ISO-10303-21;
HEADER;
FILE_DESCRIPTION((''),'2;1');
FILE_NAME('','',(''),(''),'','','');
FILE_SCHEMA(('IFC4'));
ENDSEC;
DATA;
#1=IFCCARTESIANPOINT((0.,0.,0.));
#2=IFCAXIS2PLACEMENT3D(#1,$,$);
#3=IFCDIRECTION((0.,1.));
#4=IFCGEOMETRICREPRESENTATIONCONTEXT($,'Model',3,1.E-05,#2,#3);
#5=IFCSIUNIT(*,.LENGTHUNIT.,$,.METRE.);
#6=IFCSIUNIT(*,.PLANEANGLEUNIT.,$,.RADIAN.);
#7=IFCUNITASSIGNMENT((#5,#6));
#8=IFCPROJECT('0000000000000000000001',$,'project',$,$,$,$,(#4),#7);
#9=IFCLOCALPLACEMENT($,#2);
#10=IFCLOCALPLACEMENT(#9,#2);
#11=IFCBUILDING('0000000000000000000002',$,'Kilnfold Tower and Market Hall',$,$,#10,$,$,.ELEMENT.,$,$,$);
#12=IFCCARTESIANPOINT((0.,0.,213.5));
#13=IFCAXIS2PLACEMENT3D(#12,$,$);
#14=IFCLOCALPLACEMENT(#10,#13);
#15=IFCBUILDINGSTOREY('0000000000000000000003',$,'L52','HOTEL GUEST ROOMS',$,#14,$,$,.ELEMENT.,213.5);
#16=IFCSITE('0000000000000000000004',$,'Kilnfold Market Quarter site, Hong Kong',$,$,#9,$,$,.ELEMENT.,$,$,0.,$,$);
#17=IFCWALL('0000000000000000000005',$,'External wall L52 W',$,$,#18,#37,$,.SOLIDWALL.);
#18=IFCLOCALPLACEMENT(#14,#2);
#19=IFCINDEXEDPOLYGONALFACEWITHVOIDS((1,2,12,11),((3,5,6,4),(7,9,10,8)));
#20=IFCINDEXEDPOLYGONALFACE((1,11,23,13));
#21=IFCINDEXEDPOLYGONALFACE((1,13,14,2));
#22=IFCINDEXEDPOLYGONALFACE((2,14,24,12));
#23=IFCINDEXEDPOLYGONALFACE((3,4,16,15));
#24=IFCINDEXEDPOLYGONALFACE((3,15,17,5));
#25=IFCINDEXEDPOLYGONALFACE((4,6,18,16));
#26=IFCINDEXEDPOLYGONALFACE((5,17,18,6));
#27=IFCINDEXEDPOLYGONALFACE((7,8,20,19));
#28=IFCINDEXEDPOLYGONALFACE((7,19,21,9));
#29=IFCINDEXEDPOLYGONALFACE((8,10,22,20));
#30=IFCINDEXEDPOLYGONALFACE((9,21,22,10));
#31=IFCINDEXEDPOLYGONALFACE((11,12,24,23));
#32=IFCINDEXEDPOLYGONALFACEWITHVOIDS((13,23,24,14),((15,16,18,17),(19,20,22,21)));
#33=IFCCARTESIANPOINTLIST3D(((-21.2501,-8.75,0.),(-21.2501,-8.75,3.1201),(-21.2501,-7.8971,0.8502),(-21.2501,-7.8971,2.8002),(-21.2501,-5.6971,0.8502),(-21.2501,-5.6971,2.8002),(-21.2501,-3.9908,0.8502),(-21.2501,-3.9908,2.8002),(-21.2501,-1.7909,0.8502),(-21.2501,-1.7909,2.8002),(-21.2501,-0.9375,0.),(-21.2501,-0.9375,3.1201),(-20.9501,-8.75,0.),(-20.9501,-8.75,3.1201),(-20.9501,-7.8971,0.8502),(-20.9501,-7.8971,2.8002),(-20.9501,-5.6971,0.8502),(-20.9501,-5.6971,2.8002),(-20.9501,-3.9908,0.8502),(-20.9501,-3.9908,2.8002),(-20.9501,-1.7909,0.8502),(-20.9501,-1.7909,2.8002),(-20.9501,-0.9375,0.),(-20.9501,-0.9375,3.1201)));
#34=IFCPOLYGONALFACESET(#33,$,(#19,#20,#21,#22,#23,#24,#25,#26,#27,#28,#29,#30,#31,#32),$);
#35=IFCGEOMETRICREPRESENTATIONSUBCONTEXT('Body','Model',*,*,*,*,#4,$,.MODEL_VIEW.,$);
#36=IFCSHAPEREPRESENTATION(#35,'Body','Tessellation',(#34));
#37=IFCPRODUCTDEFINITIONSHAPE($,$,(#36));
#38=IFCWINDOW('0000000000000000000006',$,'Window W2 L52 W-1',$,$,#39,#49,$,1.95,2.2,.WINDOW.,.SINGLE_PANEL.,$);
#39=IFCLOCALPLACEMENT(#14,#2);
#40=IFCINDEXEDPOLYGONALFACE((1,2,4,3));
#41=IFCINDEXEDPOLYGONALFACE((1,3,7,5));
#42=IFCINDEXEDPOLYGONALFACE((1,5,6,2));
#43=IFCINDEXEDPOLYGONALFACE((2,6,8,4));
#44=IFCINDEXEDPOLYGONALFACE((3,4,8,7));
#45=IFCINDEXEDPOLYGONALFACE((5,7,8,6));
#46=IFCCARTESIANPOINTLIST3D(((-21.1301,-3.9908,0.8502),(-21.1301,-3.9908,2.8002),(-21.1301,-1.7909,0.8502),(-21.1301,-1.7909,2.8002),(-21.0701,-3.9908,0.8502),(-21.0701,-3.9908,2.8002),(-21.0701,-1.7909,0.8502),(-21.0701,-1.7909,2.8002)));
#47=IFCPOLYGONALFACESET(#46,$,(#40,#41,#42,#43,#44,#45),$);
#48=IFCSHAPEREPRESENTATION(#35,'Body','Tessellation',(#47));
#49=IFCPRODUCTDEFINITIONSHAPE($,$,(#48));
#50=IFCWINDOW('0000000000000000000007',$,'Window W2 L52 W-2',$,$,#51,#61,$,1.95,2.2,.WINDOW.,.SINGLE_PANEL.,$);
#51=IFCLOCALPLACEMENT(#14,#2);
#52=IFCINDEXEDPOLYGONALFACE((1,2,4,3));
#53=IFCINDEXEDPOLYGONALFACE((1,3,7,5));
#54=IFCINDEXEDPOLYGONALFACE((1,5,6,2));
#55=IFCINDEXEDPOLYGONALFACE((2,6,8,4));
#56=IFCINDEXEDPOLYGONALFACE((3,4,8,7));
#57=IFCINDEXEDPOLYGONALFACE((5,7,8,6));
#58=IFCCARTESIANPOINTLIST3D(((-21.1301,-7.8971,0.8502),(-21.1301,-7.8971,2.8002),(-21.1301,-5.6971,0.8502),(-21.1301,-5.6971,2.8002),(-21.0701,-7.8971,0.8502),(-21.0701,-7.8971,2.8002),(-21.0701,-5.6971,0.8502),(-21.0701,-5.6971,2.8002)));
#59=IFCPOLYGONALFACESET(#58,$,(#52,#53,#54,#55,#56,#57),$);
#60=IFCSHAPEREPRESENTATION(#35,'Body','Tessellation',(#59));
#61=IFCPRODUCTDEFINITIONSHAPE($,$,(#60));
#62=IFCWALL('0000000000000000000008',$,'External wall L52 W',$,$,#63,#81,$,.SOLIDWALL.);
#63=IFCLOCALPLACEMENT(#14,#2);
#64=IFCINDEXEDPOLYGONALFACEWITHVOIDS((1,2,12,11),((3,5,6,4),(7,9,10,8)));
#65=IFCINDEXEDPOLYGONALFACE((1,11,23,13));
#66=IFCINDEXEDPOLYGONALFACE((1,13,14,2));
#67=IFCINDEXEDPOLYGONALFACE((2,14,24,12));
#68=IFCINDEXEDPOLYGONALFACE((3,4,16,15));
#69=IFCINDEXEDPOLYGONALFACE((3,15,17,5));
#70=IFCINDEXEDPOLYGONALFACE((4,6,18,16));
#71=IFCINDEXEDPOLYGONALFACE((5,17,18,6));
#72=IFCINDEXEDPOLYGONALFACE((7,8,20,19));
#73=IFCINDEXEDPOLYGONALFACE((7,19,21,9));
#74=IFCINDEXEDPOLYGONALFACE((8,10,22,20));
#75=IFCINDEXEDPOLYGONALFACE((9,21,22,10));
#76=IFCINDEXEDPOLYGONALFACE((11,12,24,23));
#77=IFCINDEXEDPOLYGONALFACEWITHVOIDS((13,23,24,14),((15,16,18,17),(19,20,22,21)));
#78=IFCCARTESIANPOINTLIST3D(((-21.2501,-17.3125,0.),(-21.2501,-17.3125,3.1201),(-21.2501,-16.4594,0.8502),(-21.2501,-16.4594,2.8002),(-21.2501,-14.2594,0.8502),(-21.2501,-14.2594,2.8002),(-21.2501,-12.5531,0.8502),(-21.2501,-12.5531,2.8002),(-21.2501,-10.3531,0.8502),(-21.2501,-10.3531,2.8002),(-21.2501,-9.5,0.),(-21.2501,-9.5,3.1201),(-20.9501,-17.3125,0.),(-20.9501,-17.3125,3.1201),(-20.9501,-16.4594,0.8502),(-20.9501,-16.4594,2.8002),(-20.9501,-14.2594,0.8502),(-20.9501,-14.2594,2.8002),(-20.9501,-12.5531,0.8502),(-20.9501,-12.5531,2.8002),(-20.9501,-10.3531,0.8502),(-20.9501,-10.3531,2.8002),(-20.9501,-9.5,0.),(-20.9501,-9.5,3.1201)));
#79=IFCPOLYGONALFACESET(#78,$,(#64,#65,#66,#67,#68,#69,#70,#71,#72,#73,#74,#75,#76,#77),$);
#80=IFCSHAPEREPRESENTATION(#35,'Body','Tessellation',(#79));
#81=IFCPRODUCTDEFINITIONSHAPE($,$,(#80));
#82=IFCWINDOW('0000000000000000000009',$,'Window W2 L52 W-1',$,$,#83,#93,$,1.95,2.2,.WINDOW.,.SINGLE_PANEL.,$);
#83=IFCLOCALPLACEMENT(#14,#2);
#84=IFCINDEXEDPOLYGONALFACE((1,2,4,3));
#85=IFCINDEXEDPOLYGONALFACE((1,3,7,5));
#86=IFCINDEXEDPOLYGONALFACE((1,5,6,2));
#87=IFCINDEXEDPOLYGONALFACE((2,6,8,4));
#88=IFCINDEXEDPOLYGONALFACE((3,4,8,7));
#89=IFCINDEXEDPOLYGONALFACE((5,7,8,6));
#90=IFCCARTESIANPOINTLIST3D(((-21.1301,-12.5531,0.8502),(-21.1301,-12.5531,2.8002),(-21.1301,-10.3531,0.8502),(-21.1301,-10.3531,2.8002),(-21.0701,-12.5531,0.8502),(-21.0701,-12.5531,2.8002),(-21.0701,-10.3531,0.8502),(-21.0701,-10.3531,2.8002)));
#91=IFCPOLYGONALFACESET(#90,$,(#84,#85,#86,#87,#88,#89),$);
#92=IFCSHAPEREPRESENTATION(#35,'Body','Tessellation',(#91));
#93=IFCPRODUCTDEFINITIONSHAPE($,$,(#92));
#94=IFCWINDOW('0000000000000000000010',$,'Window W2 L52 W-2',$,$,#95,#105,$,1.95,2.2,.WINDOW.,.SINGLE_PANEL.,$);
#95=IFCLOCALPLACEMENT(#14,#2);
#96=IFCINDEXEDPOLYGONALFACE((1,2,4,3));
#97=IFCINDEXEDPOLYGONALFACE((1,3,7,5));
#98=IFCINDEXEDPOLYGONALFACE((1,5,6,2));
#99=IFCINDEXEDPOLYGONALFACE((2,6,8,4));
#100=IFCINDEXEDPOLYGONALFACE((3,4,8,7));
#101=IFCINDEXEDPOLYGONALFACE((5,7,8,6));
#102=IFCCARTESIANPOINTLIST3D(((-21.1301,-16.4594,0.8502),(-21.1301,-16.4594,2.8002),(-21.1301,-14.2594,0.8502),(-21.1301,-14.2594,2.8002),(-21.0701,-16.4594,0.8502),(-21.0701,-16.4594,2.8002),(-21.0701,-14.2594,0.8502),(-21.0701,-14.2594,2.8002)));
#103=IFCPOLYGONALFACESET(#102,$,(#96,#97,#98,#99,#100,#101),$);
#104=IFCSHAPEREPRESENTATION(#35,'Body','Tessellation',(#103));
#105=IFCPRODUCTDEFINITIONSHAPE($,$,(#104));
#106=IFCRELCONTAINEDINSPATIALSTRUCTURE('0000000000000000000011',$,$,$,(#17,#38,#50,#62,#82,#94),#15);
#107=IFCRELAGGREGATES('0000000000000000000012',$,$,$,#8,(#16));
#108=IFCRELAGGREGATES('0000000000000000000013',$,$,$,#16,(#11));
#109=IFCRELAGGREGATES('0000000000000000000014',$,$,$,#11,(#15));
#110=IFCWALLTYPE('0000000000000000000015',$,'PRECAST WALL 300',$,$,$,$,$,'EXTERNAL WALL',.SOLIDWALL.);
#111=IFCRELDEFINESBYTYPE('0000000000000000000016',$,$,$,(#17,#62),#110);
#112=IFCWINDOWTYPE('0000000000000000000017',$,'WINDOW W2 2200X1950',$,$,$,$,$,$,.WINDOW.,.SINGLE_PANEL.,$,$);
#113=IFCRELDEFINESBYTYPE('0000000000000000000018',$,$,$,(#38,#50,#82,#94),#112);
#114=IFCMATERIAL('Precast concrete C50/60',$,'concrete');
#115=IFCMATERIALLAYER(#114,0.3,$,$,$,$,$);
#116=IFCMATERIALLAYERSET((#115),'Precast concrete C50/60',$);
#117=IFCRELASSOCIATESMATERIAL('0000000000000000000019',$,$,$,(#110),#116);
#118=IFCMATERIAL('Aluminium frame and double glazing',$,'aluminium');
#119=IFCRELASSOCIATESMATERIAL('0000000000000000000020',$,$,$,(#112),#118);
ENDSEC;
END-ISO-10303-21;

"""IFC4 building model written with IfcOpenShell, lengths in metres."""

from ifc_helpers import new_model, si_unit, direction, frame, frame_2d, origin, place, context, subcontext, project, spatial, rectangle, extrude, source, transform, mapped, material, layer, layer_set, type_object, element, fill, save


model = new_model("IFC4")

# Units and contexts
model_context = context("Model", 3, precision=1e-05, world=origin(), true_north=direction((0.0, 1.0)))
body_context = subcontext(model_context, "Body", "Model", "MODEL_VIEW")
ifc_project = project(units=[si_unit("LENGTHUNIT", "METRE"), si_unit("PLANEANGLEUNIT", "RADIAN")], contexts=[model_context])

# Site, building, storey
site_placement = place(None, origin())
site = spatial("IfcSite", under=ifc_project, at=site_placement, Name="Kilnfold Market Quarter site, Hong Kong", CompositionType="ELEMENT", RefElevation=0.0)
building_placement = place(site_placement, origin())
building = spatial("IfcBuilding", under=site, at=building_placement, Name="Kilnfold Tower and Market Hall", CompositionType="ELEMENT")
storey_placement = place(building_placement, frame((0.0, 0.0, 213.5)))
storey = spatial("IfcBuildingStorey", under=building, at=storey_placement, Name="L52", Description="HOTEL GUEST ROOMS", CompositionType="ELEMENT", Elevation=213.5)

# Walls, openings, windows
ifc_material_1 = material(Name="Precast concrete C50/60", Category="concrete")
ifc_layer_1 = layer(ifc_material_1, 0.3)
ifc_layer_set_1 = layer_set([ifc_layer_1], Name="Precast concrete C50/60")
wall_type_1 = type_object("IfcWallType", Name="PRECAST WALL 300", ElementType="EXTERNAL WALL", PredefinedType="SOLIDWALL", material=ifc_layer_set_1)
shared_shape_1 = source(origin(), body_context, "Body", "SweptSolid", [
    extrude(rectangle(XDim=7.8125, YDim=0.3, at=frame_2d((3.9062, 0.0))), origin(), (0.0, 0.0, 1.0), 3.1201),
])
wall_1_placement = place(storey_placement, frame((-21.1001, -0.9375, 0.0), z_axis=(0.0, 0.0, 1.0), x_axis=(0.0, -1.0, 0.0)))
wall_1 = element("IfcWall", 1, at=wall_1_placement, inside=storey, type_object=wall_type_1, Name="External wall L52 W", PredefinedType="SOLIDWALL", context=body_context, shape_type="MappedRepresentation", body=[
    mapped(shared_shape_1, transform((0.0, 0.0, 0.0))),
])
opening_1_placement = place(wall_1_placement, frame((0.8533, 0.0, 0.8501)))
opening_1 = element("IfcOpeningElement", 2, at=opening_1_placement, cuts=wall_1, PredefinedType="OPENING", context=body_context, shape_type="SweptSolid", body=[
    extrude(rectangle(XDim=2.2, YDim=1.95, at=frame_2d((1.1001, 0.9751))), frame((0.0, 0.1602, 0.0), z_axis=(0.0, -1.0, 0.0), x_axis=(1.0, 0.0, 0.0)), (0.0, 0.0, 1.0), 0.3201),
])
opening_2_placement = place(wall_1_placement, frame((4.7595, 0.0, 0.8501)))
opening_2 = element("IfcOpeningElement", 3, at=opening_2_placement, cuts=wall_1, PredefinedType="OPENING", context=body_context, shape_type="SweptSolid", body=[
    extrude(rectangle(XDim=2.2, YDim=1.95, at=frame_2d((1.1001, 0.9751))), frame((0.0, 0.1602, 0.0), z_axis=(0.0, -1.0, 0.0), x_axis=(1.0, 0.0, 0.0)), (0.0, 0.0, 1.0), 0.3201),
])
ifc_material_2 = material(Name="Aluminium frame and double glazing", Category="aluminium")
window_type = type_object("IfcWindowType", Name="WINDOW W2 2200X1950", PartitioningType="SINGLE_PANEL", PredefinedType="WINDOW", material=ifc_material_2)
window_1_placement = place(opening_1_placement, origin())
window_1 = element("IfcWindow", 4, at=window_1_placement, inside=storey, type_object=window_type, Name="Window W2 L52 W-1", OverallHeight=1.95, OverallWidth=2.2, PartitioningType="SINGLE_PANEL", PredefinedType="WINDOW", context=body_context, shape_type="SweptSolid", body=[
    extrude(rectangle(XDim=2.2, YDim=1.95, at=frame_2d((1.1001, 0.9751))), frame((0.0, 0.03, 0.0), z_axis=(0.0, -1.0, 0.0), x_axis=(1.0, 0.0, 0.0)), (0.0, 0.0, 1.0), 0.0601),
])
fill(opening_1, window_1)
window_2_placement = place(opening_2_placement, origin())
window_2 = element("IfcWindow", 5, at=window_2_placement, inside=storey, type_object=window_type, Name="Window W2 L52 W-2", OverallHeight=1.95, OverallWidth=2.2, PartitioningType="SINGLE_PANEL", PredefinedType="WINDOW", context=body_context, shape_type="SweptSolid", body=[
    extrude(rectangle(XDim=2.2, YDim=1.95, at=frame_2d((1.1001, 0.9751))), frame((0.0, 0.03, 0.0), z_axis=(0.0, -1.0, 0.0), x_axis=(1.0, 0.0, 0.0)), (0.0, 0.0, 1.0), 0.0601),
])
fill(opening_2, window_2)
wall_2_placement = place(storey_placement, frame((-21.1001, -9.5, 0.0), z_axis=(0.0, 0.0, 1.0), x_axis=(0.0, -1.0, 0.0)))
wall_2 = element("IfcWall", 6, at=wall_2_placement, inside=storey, type_object=wall_type_1, Name="External wall L52 W", PredefinedType="SOLIDWALL", context=body_context, shape_type="MappedRepresentation", body=[
    mapped(shared_shape_1, transform((0.0, 0.0, 0.0))),
])
opening_3_placement = place(wall_2_placement, frame((0.853, 0.0, 0.8501)))
opening_3 = element("IfcOpeningElement", 7, at=opening_3_placement, cuts=wall_2, PredefinedType="OPENING", context=body_context, shape_type="SweptSolid", body=[
    extrude(rectangle(XDim=2.2, YDim=1.95, at=frame_2d((1.1001, 0.9751))), frame((0.0, 0.1602, 0.0), z_axis=(0.0, -1.0, 0.0), x_axis=(1.0, 0.0, 0.0)), (0.0, 0.0, 1.0), 0.3201),
])
opening_4_placement = place(wall_2_placement, frame((4.7593, 0.0, 0.8501)))
opening_4 = element("IfcOpeningElement", 8, at=opening_4_placement, cuts=wall_2, PredefinedType="OPENING", context=body_context, shape_type="SweptSolid", body=[
    extrude(rectangle(XDim=2.2, YDim=1.95, at=frame_2d((1.1001, 0.9751))), frame((0.0, 0.1602, 0.0), z_axis=(0.0, -1.0, 0.0), x_axis=(1.0, 0.0, 0.0)), (0.0, 0.0, 1.0), 0.3201),
])
window_3_placement = place(opening_3_placement, origin())
window_3 = element("IfcWindow", 9, at=window_3_placement, inside=storey, type_object=window_type, Name="Window W2 L52 W-1", OverallHeight=1.95, OverallWidth=2.2, PartitioningType="SINGLE_PANEL", PredefinedType="WINDOW", context=body_context, shape_type="SweptSolid", body=[
    extrude(rectangle(XDim=2.2, YDim=1.95, at=frame_2d((1.1001, 0.9751))), frame((0.0, 0.03, 0.0), z_axis=(0.0, -1.0, 0.0), x_axis=(1.0, 0.0, 0.0)), (0.0, 0.0, 1.0), 0.0601),
])
fill(opening_3, window_3)
window_4_placement = place(opening_4_placement, origin())
window_4 = element("IfcWindow", 10, at=window_4_placement, inside=storey, type_object=window_type, Name="Window W2 L52 W-2", OverallHeight=1.95, OverallWidth=2.2, PartitioningType="SINGLE_PANEL", PredefinedType="WINDOW", context=body_context, shape_type="SweptSolid", body=[
    extrude(rectangle(XDim=2.2, YDim=1.95, at=frame_2d((1.1001, 0.9751))), frame((0.0, 0.03, 0.0), z_axis=(0.0, -1.0, 0.0), x_axis=(1.0, 0.0, 0.0)), (0.0, 0.0, 1.0), 0.0601),
])
fill(opening_4, window_4)

save(model, "model.ifc")
